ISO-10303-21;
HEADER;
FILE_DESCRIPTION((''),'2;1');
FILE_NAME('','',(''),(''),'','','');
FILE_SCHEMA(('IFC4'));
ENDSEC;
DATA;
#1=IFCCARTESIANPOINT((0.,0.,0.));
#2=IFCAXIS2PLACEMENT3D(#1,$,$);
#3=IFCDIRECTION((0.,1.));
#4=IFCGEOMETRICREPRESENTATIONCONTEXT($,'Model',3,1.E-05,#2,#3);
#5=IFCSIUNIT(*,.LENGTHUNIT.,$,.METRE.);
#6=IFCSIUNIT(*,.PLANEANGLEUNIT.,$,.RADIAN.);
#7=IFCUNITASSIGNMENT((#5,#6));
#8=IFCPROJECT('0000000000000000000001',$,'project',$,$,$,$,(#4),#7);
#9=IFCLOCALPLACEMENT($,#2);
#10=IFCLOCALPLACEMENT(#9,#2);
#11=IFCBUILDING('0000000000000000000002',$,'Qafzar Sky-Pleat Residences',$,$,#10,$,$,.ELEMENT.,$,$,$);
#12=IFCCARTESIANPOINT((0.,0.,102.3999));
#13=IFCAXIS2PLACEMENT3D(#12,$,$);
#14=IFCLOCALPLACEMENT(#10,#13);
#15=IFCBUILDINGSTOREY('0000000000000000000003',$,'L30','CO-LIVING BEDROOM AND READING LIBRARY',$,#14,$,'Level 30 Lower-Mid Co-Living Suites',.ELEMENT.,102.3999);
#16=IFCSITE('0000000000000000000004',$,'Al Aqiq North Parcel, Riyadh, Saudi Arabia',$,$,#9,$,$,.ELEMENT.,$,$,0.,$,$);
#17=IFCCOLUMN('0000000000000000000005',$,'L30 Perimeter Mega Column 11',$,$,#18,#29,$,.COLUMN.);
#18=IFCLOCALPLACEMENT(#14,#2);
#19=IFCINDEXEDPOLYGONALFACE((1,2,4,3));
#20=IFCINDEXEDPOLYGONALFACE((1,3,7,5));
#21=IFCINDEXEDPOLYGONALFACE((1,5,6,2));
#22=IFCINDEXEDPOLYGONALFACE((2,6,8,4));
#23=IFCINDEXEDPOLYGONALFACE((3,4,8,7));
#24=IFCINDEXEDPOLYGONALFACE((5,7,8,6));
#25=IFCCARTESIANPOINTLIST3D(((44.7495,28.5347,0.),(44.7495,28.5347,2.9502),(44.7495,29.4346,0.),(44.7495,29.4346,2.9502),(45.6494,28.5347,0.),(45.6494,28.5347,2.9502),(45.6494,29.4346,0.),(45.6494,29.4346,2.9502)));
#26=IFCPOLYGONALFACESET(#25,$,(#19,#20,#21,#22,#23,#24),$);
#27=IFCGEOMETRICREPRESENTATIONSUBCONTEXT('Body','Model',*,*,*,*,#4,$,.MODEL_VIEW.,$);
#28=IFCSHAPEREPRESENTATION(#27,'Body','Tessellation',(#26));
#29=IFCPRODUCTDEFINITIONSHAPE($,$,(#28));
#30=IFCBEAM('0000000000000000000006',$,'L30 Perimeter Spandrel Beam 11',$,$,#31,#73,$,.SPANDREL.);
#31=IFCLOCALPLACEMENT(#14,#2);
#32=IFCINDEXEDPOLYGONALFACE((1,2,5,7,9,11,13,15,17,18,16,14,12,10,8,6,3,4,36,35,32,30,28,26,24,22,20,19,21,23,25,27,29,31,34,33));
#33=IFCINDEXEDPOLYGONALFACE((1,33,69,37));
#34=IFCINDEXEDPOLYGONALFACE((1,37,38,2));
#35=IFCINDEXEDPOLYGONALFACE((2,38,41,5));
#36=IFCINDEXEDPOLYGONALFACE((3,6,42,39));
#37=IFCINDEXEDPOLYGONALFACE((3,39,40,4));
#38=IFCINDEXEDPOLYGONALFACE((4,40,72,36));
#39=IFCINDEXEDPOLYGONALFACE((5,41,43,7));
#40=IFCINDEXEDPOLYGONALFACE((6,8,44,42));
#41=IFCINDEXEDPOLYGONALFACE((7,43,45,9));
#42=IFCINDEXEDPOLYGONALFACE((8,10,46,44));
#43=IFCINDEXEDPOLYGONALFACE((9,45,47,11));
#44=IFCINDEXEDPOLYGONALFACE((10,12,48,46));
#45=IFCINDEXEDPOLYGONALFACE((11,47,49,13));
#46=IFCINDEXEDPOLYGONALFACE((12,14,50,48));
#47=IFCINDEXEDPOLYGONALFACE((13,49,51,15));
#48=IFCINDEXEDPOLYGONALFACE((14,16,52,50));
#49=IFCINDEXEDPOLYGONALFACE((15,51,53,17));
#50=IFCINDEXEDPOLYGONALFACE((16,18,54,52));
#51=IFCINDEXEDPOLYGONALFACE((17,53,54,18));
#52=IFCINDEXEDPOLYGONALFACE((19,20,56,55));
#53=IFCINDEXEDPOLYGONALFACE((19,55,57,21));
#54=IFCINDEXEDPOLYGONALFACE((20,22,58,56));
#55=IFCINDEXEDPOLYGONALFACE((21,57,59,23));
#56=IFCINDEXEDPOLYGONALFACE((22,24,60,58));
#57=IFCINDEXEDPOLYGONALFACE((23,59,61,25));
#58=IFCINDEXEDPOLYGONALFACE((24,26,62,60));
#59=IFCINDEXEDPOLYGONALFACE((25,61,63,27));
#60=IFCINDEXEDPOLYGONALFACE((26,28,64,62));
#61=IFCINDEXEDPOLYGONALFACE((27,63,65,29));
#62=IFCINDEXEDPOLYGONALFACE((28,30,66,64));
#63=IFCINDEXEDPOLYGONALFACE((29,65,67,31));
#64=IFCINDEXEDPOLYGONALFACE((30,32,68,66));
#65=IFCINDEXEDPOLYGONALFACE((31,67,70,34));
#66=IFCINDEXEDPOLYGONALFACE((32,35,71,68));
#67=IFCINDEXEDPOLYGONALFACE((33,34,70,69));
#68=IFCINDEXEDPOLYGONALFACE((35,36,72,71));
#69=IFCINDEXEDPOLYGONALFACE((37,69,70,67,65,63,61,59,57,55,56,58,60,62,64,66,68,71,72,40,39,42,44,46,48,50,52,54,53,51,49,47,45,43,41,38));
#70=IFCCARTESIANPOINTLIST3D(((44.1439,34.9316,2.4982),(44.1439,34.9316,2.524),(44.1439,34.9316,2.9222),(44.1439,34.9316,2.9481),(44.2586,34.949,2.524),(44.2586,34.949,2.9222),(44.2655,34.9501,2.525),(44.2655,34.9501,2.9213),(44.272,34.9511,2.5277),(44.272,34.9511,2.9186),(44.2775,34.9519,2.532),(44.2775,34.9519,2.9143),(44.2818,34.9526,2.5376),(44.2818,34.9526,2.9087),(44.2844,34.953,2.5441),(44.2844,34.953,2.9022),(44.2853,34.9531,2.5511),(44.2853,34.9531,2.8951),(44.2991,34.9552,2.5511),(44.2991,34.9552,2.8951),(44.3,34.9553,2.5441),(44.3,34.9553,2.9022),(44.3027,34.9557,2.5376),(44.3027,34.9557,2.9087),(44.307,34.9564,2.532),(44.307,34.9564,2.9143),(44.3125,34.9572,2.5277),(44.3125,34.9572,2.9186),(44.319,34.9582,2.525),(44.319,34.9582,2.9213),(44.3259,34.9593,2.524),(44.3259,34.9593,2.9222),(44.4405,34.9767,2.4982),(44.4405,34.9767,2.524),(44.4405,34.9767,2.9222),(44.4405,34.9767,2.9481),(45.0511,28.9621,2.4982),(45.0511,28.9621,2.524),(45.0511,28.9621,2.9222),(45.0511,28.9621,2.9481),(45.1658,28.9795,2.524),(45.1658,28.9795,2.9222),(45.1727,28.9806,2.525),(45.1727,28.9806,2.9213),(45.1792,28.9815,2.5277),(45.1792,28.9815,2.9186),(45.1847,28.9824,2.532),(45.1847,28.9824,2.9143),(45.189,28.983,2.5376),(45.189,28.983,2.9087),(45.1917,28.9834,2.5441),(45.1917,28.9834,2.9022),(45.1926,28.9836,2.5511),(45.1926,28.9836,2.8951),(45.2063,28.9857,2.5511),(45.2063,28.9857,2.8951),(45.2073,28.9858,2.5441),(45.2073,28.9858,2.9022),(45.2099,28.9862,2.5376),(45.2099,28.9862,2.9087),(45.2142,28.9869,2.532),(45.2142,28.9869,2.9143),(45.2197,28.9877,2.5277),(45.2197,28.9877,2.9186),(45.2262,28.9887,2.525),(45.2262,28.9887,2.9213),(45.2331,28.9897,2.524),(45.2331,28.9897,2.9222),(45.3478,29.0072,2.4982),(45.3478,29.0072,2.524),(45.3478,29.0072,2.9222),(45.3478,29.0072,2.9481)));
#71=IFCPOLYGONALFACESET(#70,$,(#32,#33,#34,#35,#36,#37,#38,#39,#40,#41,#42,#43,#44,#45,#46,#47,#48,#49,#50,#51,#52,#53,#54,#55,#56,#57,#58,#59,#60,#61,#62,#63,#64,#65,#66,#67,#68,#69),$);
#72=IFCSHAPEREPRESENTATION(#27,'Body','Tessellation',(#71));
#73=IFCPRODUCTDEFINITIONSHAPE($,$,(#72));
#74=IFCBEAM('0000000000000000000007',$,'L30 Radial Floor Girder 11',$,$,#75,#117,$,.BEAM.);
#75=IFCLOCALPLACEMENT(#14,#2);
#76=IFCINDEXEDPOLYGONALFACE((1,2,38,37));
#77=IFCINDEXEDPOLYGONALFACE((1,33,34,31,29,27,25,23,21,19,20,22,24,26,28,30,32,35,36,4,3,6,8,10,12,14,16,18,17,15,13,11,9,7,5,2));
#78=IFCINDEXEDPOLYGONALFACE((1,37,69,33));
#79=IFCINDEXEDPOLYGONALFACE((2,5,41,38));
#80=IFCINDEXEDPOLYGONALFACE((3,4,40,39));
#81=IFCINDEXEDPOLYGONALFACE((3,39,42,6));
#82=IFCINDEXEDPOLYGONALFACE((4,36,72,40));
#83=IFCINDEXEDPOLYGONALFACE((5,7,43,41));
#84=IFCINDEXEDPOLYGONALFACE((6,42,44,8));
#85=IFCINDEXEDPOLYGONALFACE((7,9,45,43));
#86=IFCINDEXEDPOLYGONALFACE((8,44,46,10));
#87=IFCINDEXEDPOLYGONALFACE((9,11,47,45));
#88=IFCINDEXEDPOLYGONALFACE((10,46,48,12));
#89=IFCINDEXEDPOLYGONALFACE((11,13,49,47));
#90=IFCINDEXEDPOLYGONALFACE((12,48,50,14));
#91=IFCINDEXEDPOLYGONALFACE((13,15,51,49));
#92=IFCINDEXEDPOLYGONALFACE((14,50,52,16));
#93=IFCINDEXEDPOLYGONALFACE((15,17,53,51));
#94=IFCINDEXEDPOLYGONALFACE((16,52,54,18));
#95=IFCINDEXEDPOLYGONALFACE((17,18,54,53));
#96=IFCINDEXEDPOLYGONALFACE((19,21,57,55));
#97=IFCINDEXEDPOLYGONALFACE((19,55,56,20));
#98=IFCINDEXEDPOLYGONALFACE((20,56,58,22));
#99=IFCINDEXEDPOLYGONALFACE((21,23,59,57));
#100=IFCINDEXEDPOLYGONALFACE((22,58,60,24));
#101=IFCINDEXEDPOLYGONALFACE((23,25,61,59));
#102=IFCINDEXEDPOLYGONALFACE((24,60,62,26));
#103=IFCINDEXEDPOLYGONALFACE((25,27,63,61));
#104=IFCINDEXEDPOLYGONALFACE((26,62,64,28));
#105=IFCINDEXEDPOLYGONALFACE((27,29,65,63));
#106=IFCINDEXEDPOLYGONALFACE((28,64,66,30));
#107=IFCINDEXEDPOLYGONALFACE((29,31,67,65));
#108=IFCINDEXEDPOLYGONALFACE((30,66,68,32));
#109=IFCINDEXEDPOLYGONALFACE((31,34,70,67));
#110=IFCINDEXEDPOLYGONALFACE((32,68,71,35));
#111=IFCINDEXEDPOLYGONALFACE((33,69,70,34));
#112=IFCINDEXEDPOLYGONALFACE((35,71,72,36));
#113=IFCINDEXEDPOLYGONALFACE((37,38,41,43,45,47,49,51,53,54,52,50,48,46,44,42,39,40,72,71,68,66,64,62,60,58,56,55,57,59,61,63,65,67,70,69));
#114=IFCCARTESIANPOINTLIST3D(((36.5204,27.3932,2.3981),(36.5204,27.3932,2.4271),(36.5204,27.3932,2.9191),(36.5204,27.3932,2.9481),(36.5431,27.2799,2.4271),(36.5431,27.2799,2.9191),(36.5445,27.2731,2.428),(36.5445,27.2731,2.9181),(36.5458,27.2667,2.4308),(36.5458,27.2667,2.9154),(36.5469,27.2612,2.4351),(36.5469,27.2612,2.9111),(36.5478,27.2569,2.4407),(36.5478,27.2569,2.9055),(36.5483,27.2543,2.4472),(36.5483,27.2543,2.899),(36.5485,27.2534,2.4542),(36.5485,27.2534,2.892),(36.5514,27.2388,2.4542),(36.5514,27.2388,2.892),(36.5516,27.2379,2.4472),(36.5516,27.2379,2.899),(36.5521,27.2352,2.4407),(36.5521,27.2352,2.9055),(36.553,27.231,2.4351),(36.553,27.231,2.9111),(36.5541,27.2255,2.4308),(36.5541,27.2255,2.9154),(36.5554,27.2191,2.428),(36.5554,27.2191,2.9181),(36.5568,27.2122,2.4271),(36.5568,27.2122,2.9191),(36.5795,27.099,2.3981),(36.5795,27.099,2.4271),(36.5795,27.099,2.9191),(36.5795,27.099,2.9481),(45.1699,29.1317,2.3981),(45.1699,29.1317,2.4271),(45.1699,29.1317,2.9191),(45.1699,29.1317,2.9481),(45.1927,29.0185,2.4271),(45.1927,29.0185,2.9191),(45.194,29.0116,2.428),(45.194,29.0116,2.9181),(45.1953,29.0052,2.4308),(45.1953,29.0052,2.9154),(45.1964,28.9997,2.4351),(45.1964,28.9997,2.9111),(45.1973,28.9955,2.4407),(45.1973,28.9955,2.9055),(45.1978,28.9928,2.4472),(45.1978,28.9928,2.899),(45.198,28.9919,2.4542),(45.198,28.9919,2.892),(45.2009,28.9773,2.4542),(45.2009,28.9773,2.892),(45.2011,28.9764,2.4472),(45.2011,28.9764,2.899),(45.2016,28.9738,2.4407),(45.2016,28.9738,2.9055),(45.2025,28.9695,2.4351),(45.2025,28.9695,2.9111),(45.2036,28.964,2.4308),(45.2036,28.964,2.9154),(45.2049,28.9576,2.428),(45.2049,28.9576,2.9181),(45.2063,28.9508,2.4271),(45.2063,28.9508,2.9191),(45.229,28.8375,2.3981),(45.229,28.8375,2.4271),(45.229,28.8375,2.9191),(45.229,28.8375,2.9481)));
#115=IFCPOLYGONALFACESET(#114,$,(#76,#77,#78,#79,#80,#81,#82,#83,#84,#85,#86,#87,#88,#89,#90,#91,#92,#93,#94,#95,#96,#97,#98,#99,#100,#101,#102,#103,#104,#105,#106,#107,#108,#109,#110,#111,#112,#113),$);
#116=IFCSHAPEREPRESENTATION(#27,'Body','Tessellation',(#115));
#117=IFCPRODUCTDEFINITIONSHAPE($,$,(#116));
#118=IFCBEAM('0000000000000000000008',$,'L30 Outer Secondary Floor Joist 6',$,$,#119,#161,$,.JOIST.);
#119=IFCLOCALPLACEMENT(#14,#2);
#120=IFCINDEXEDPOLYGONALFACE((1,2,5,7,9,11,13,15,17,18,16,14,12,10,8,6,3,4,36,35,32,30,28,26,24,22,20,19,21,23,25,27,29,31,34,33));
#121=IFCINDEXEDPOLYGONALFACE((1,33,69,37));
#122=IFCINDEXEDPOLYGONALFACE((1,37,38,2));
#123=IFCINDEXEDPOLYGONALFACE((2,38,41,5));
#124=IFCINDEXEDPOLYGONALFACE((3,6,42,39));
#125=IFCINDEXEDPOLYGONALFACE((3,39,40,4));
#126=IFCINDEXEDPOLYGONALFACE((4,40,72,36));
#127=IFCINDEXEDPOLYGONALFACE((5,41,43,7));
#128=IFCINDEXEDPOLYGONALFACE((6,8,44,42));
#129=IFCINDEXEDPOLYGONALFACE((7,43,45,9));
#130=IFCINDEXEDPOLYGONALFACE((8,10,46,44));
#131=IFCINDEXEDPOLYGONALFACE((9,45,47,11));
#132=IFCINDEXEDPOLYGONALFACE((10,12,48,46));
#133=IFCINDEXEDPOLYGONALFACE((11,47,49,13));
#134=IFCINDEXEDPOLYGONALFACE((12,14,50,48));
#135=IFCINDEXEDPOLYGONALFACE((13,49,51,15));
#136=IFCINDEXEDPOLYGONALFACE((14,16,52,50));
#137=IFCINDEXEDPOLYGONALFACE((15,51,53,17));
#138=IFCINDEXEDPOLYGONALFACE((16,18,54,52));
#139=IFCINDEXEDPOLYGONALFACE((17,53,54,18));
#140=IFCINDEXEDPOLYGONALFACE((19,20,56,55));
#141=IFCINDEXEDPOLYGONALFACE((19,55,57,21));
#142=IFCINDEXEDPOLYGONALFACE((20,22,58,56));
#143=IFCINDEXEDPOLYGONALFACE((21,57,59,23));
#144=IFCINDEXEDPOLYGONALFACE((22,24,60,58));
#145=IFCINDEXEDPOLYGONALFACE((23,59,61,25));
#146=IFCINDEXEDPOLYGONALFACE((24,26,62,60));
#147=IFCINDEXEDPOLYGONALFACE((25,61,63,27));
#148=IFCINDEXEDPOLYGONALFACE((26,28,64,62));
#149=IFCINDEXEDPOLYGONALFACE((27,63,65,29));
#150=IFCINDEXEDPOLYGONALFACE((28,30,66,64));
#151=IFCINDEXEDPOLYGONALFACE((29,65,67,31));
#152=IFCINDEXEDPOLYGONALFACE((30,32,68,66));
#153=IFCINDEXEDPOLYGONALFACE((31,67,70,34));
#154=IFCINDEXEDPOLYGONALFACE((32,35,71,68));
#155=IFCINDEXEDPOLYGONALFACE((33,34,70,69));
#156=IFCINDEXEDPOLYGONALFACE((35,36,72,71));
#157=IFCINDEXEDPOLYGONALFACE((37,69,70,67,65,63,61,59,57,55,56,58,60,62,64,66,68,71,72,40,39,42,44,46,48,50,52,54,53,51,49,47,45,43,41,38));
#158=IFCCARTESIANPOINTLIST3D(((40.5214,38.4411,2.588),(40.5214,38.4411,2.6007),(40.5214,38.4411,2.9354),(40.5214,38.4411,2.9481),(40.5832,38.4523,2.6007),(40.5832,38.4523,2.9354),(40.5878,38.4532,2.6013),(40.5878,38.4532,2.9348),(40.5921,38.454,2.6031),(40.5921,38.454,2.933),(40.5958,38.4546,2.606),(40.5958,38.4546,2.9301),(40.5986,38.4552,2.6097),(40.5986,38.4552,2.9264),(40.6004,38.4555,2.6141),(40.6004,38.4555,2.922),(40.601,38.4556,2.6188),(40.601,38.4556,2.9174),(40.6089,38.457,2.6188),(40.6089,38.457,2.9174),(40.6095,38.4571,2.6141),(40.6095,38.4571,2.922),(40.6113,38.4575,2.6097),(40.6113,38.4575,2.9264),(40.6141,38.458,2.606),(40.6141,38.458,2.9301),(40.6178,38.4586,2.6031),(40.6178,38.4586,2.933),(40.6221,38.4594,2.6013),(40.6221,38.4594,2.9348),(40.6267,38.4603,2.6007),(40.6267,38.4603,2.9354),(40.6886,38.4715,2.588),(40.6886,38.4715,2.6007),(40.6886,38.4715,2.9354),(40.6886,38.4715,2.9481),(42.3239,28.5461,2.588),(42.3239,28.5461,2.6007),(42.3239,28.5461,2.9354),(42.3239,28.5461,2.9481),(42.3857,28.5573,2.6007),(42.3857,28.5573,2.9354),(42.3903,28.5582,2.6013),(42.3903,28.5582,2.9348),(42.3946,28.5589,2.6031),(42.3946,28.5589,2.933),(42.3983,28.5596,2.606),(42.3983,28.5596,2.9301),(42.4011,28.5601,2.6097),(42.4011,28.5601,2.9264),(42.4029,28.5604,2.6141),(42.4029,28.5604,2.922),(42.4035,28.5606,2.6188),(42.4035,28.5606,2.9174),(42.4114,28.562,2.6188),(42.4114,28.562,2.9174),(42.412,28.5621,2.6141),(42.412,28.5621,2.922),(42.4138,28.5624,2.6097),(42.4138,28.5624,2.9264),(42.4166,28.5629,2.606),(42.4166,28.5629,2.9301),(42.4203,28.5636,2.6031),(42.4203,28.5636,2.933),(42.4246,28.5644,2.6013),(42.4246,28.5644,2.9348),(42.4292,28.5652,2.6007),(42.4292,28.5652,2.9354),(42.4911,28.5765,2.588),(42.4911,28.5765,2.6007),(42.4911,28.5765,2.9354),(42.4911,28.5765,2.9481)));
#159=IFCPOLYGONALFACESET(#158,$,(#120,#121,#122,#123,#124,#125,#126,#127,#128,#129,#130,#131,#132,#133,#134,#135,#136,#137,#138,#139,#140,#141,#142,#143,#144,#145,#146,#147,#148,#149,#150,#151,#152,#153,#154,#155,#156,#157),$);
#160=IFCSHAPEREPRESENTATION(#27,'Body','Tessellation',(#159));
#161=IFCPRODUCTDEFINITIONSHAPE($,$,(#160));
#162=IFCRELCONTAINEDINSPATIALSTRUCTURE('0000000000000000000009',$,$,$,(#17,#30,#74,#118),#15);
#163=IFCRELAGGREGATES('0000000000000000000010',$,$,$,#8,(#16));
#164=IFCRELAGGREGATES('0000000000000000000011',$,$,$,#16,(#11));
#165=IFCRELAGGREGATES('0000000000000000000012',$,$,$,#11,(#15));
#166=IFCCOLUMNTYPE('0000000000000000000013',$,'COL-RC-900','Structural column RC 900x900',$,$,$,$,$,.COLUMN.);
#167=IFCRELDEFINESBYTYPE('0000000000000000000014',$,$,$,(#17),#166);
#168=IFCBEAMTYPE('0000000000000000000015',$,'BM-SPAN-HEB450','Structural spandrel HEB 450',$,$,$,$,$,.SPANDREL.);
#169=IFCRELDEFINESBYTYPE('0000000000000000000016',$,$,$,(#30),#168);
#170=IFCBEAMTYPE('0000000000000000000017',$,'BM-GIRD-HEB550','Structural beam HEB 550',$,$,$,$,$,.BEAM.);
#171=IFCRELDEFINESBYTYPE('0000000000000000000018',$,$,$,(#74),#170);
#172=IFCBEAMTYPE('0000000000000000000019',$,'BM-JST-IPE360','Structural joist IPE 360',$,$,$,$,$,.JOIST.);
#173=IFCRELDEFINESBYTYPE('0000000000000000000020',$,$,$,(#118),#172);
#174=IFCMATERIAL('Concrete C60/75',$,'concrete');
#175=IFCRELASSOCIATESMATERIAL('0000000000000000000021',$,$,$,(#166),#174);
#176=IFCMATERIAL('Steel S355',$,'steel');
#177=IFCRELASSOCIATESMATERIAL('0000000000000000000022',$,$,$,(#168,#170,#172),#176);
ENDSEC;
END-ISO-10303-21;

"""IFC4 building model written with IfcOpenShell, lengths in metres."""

from ifc_helpers import new_model, si_unit, direction, frame, origin, origin_2d, place, context, subcontext, project, spatial, rectangle, i_section, extrude, source, transform, mapped, material, material_profile, profile_set, type_object, element, save


model = new_model("IFC4")

# Units and contexts
model_context = context("Model", 3, precision=1e-05, world=origin(), true_north=direction((0.0, 1.0)))
body_context = subcontext(model_context, "Body", "Model", "MODEL_VIEW")
ifc_project = project(units=[si_unit("LENGTHUNIT", "METRE"), si_unit("PLANEANGLEUNIT", "RADIAN")], contexts=[model_context])

# Site, building, storey
site_placement = place(None, origin())
site = spatial("IfcSite", under=ifc_project, at=site_placement, Name="Al Aqiq North Parcel, Riyadh, Saudi Arabia", CompositionType="ELEMENT", RefElevation=0.0)
building_placement = place(site_placement, origin())
building = spatial("IfcBuilding", under=site, at=building_placement, Name="Qafzar Sky-Pleat Residences", CompositionType="ELEMENT")
storey_placement = place(building_placement, frame((0.0, 0.0, 102.3999)))
storey = spatial("IfcBuildingStorey", under=building, at=storey_placement, Name="L30", Description="CO-LIVING BEDROOM AND READING LIBRARY", LongName="Level 30 Lower-Mid Co-Living Suites", CompositionType="ELEMENT", Elevation=102.3999)

# Column
ifc_material_1 = material(Name="Concrete C60/75", Category="concrete")
ifc_material_profile_1 = material_profile(ifc_material_1, rectangle(XDim=0.8999, YDim=0.8999, at=origin_2d()), Name="RC 900x900")
ifc_profile_set_1 = profile_set([ifc_material_profile_1], Name="Concrete C60/75")
column_type = type_object("IfcColumnType", Name="COL-RC-900", Description="Structural column RC 900x900", PredefinedType="COLUMN", material=ifc_profile_set_1)
shared_shape_1 = source(origin(), body_context, "Body", "SweptSolid", [
    extrude(rectangle(XDim=0.8999, YDim=0.8999, at=origin_2d()), origin(), (0.0, 0.0, 1.0), 2.9502),
])
column_placement = place(storey_placement, frame((45.1995, 28.9846, 0.0), z_axis=(0.0, 0.0, 1.0), x_axis=(1.0, 0.0, 0.0)))
element("IfcColumn", 1, at=column_placement, inside=storey, type_object=column_type, Name="L30 Perimeter Mega Column 11", PredefinedType="COLUMN", context=body_context, shape_type="MappedRepresentation", body=[
    mapped(shared_shape_1, transform((0.0, 0.0, 0.0), x_axis=(1.0, 0.0, 0.0), y_axis=(0.0, 1.0, 0.0), z_axis=(0.0, 0.0, 1.0), scale=1.0)),
])

# Beams
ifc_material_2 = material(Name="Steel S355", Category="steel")
ifc_material_profile_2 = material_profile(ifc_material_2, i_section(OverallWidth=0.3, OverallDepth=0.45, WebThickness=0.0139, FlangeThickness=0.0259, FilletRadius=0.0271, at=origin_2d()), Name="HEB 450")
ifc_profile_set_2 = profile_set([ifc_material_profile_2], Name="Steel S355")
beam_type_1 = type_object("IfcBeamType", Name="BM-SPAN-HEB450", Description="Structural spandrel HEB 450", PredefinedType="SPANDREL", material=ifc_profile_set_2)
shared_shape_2 = source(origin(), body_context, "Body", "SweptSolid", [
    extrude(i_section(OverallWidth=0.3, OverallDepth=0.45, WebThickness=0.0139, FlangeThickness=0.0259, FilletRadius=0.0271, at=origin_2d()), origin(), (0.0, 0.0, 1.0), 6.0381),
])
beam_1_placement = place(storey_placement, frame((45.1995, 28.9846, 2.7231), z_axis=(-0.150252, 0.988648, 0.0), x_axis=(-0.988648, -0.150252, 0.0)))
element("IfcBeam", 2, at=beam_1_placement, inside=storey, type_object=beam_type_1, Name="L30 Perimeter Spandrel Beam 11", PredefinedType="SPANDREL", context=body_context, shape_type="MappedRepresentation", body=[
    mapped(shared_shape_2, transform((0.0, 0.0, 0.0), x_axis=(1.0, 0.0, 0.0), y_axis=(0.0, 1.0, 0.0), z_axis=(0.0, 0.0, 1.0), scale=1.0)),
])
ifc_material_profile_3 = material_profile(ifc_material_2, i_section(OverallWidth=0.3, OverallDepth=0.55, WebThickness=0.0149, FlangeThickness=0.0291, FilletRadius=0.0271, at=origin_2d()), Name="HEB 550")
ifc_profile_set_3 = profile_set([ifc_material_profile_3], Name="Steel S355")
beam_type_2 = type_object("IfcBeamType", Name="BM-GIRD-HEB550", Description="Structural beam HEB 550", PredefinedType="BEAM", material=ifc_profile_set_3)
shared_shape_3 = source(origin(), body_context, "Body", "SweptSolid", [
    extrude(i_section(OverallWidth=0.3, OverallDepth=0.55, WebThickness=0.0149, FlangeThickness=0.0291, FilletRadius=0.0271, at=origin_2d()), origin(), (0.0, 0.0, 1.0), 8.8225),
])
beam_2_placement = place(storey_placement, frame((45.1995, 28.9846, 2.6731), z_axis=(-0.980392, -0.197058, 0.0), x_axis=(0.197058, -0.980392, 0.0)))
element("IfcBeam", 3, at=beam_2_placement, inside=storey, type_object=beam_type_2, Name="L30 Radial Floor Girder 11", PredefinedType="BEAM", context=body_context, shape_type="MappedRepresentation", body=[
    mapped(shared_shape_3, transform((0.0, 0.0, 0.0), x_axis=(1.0, 0.0, 0.0), y_axis=(0.0, 1.0, 0.0), z_axis=(0.0, 0.0, 1.0), scale=1.0)),
])
ifc_material_profile_4 = material_profile(ifc_material_2, i_section(OverallWidth=0.1699, OverallDepth=0.3601, WebThickness=0.0081, FlangeThickness=0.0127, FilletRadius=0.0181, at=origin_2d()), Name="IPE 360")
ifc_profile_set_4 = profile_set([ifc_material_profile_4], Name="Steel S355")
beam_type_3 = type_object("IfcBeamType", Name="BM-JST-IPE360", Description="Structural joist IPE 360", PredefinedType="JOIST", material=ifc_profile_set_4)
shared_shape_4 = source(origin(), body_context, "Body", "SweptSolid", [
    extrude(i_section(OverallWidth=0.1699, OverallDepth=0.3601, WebThickness=0.0081, FlangeThickness=0.0127, FilletRadius=0.0181, at=origin_2d()), origin(), (0.0, 0.0, 1.0), 10.0579),
])
beam_3_placement = place(storey_placement, frame((42.4075, 28.5613, 2.7681), z_axis=(-0.179212, 0.98381, 0.0), x_axis=(-0.98381, -0.179212, 0.0)))
element("IfcBeam", 4, at=beam_3_placement, inside=storey, type_object=beam_type_3, Name="L30 Outer Secondary Floor Joist 6", PredefinedType="JOIST", context=body_context, shape_type="MappedRepresentation", body=[
    mapped(shared_shape_4, transform((0.0, 0.0, 0.0), x_axis=(1.0, 0.0, 0.0), y_axis=(0.0, 1.0, 0.0), z_axis=(0.0, 0.0, 1.0), scale=1.0)),
])

save(model, "model.ifc")
